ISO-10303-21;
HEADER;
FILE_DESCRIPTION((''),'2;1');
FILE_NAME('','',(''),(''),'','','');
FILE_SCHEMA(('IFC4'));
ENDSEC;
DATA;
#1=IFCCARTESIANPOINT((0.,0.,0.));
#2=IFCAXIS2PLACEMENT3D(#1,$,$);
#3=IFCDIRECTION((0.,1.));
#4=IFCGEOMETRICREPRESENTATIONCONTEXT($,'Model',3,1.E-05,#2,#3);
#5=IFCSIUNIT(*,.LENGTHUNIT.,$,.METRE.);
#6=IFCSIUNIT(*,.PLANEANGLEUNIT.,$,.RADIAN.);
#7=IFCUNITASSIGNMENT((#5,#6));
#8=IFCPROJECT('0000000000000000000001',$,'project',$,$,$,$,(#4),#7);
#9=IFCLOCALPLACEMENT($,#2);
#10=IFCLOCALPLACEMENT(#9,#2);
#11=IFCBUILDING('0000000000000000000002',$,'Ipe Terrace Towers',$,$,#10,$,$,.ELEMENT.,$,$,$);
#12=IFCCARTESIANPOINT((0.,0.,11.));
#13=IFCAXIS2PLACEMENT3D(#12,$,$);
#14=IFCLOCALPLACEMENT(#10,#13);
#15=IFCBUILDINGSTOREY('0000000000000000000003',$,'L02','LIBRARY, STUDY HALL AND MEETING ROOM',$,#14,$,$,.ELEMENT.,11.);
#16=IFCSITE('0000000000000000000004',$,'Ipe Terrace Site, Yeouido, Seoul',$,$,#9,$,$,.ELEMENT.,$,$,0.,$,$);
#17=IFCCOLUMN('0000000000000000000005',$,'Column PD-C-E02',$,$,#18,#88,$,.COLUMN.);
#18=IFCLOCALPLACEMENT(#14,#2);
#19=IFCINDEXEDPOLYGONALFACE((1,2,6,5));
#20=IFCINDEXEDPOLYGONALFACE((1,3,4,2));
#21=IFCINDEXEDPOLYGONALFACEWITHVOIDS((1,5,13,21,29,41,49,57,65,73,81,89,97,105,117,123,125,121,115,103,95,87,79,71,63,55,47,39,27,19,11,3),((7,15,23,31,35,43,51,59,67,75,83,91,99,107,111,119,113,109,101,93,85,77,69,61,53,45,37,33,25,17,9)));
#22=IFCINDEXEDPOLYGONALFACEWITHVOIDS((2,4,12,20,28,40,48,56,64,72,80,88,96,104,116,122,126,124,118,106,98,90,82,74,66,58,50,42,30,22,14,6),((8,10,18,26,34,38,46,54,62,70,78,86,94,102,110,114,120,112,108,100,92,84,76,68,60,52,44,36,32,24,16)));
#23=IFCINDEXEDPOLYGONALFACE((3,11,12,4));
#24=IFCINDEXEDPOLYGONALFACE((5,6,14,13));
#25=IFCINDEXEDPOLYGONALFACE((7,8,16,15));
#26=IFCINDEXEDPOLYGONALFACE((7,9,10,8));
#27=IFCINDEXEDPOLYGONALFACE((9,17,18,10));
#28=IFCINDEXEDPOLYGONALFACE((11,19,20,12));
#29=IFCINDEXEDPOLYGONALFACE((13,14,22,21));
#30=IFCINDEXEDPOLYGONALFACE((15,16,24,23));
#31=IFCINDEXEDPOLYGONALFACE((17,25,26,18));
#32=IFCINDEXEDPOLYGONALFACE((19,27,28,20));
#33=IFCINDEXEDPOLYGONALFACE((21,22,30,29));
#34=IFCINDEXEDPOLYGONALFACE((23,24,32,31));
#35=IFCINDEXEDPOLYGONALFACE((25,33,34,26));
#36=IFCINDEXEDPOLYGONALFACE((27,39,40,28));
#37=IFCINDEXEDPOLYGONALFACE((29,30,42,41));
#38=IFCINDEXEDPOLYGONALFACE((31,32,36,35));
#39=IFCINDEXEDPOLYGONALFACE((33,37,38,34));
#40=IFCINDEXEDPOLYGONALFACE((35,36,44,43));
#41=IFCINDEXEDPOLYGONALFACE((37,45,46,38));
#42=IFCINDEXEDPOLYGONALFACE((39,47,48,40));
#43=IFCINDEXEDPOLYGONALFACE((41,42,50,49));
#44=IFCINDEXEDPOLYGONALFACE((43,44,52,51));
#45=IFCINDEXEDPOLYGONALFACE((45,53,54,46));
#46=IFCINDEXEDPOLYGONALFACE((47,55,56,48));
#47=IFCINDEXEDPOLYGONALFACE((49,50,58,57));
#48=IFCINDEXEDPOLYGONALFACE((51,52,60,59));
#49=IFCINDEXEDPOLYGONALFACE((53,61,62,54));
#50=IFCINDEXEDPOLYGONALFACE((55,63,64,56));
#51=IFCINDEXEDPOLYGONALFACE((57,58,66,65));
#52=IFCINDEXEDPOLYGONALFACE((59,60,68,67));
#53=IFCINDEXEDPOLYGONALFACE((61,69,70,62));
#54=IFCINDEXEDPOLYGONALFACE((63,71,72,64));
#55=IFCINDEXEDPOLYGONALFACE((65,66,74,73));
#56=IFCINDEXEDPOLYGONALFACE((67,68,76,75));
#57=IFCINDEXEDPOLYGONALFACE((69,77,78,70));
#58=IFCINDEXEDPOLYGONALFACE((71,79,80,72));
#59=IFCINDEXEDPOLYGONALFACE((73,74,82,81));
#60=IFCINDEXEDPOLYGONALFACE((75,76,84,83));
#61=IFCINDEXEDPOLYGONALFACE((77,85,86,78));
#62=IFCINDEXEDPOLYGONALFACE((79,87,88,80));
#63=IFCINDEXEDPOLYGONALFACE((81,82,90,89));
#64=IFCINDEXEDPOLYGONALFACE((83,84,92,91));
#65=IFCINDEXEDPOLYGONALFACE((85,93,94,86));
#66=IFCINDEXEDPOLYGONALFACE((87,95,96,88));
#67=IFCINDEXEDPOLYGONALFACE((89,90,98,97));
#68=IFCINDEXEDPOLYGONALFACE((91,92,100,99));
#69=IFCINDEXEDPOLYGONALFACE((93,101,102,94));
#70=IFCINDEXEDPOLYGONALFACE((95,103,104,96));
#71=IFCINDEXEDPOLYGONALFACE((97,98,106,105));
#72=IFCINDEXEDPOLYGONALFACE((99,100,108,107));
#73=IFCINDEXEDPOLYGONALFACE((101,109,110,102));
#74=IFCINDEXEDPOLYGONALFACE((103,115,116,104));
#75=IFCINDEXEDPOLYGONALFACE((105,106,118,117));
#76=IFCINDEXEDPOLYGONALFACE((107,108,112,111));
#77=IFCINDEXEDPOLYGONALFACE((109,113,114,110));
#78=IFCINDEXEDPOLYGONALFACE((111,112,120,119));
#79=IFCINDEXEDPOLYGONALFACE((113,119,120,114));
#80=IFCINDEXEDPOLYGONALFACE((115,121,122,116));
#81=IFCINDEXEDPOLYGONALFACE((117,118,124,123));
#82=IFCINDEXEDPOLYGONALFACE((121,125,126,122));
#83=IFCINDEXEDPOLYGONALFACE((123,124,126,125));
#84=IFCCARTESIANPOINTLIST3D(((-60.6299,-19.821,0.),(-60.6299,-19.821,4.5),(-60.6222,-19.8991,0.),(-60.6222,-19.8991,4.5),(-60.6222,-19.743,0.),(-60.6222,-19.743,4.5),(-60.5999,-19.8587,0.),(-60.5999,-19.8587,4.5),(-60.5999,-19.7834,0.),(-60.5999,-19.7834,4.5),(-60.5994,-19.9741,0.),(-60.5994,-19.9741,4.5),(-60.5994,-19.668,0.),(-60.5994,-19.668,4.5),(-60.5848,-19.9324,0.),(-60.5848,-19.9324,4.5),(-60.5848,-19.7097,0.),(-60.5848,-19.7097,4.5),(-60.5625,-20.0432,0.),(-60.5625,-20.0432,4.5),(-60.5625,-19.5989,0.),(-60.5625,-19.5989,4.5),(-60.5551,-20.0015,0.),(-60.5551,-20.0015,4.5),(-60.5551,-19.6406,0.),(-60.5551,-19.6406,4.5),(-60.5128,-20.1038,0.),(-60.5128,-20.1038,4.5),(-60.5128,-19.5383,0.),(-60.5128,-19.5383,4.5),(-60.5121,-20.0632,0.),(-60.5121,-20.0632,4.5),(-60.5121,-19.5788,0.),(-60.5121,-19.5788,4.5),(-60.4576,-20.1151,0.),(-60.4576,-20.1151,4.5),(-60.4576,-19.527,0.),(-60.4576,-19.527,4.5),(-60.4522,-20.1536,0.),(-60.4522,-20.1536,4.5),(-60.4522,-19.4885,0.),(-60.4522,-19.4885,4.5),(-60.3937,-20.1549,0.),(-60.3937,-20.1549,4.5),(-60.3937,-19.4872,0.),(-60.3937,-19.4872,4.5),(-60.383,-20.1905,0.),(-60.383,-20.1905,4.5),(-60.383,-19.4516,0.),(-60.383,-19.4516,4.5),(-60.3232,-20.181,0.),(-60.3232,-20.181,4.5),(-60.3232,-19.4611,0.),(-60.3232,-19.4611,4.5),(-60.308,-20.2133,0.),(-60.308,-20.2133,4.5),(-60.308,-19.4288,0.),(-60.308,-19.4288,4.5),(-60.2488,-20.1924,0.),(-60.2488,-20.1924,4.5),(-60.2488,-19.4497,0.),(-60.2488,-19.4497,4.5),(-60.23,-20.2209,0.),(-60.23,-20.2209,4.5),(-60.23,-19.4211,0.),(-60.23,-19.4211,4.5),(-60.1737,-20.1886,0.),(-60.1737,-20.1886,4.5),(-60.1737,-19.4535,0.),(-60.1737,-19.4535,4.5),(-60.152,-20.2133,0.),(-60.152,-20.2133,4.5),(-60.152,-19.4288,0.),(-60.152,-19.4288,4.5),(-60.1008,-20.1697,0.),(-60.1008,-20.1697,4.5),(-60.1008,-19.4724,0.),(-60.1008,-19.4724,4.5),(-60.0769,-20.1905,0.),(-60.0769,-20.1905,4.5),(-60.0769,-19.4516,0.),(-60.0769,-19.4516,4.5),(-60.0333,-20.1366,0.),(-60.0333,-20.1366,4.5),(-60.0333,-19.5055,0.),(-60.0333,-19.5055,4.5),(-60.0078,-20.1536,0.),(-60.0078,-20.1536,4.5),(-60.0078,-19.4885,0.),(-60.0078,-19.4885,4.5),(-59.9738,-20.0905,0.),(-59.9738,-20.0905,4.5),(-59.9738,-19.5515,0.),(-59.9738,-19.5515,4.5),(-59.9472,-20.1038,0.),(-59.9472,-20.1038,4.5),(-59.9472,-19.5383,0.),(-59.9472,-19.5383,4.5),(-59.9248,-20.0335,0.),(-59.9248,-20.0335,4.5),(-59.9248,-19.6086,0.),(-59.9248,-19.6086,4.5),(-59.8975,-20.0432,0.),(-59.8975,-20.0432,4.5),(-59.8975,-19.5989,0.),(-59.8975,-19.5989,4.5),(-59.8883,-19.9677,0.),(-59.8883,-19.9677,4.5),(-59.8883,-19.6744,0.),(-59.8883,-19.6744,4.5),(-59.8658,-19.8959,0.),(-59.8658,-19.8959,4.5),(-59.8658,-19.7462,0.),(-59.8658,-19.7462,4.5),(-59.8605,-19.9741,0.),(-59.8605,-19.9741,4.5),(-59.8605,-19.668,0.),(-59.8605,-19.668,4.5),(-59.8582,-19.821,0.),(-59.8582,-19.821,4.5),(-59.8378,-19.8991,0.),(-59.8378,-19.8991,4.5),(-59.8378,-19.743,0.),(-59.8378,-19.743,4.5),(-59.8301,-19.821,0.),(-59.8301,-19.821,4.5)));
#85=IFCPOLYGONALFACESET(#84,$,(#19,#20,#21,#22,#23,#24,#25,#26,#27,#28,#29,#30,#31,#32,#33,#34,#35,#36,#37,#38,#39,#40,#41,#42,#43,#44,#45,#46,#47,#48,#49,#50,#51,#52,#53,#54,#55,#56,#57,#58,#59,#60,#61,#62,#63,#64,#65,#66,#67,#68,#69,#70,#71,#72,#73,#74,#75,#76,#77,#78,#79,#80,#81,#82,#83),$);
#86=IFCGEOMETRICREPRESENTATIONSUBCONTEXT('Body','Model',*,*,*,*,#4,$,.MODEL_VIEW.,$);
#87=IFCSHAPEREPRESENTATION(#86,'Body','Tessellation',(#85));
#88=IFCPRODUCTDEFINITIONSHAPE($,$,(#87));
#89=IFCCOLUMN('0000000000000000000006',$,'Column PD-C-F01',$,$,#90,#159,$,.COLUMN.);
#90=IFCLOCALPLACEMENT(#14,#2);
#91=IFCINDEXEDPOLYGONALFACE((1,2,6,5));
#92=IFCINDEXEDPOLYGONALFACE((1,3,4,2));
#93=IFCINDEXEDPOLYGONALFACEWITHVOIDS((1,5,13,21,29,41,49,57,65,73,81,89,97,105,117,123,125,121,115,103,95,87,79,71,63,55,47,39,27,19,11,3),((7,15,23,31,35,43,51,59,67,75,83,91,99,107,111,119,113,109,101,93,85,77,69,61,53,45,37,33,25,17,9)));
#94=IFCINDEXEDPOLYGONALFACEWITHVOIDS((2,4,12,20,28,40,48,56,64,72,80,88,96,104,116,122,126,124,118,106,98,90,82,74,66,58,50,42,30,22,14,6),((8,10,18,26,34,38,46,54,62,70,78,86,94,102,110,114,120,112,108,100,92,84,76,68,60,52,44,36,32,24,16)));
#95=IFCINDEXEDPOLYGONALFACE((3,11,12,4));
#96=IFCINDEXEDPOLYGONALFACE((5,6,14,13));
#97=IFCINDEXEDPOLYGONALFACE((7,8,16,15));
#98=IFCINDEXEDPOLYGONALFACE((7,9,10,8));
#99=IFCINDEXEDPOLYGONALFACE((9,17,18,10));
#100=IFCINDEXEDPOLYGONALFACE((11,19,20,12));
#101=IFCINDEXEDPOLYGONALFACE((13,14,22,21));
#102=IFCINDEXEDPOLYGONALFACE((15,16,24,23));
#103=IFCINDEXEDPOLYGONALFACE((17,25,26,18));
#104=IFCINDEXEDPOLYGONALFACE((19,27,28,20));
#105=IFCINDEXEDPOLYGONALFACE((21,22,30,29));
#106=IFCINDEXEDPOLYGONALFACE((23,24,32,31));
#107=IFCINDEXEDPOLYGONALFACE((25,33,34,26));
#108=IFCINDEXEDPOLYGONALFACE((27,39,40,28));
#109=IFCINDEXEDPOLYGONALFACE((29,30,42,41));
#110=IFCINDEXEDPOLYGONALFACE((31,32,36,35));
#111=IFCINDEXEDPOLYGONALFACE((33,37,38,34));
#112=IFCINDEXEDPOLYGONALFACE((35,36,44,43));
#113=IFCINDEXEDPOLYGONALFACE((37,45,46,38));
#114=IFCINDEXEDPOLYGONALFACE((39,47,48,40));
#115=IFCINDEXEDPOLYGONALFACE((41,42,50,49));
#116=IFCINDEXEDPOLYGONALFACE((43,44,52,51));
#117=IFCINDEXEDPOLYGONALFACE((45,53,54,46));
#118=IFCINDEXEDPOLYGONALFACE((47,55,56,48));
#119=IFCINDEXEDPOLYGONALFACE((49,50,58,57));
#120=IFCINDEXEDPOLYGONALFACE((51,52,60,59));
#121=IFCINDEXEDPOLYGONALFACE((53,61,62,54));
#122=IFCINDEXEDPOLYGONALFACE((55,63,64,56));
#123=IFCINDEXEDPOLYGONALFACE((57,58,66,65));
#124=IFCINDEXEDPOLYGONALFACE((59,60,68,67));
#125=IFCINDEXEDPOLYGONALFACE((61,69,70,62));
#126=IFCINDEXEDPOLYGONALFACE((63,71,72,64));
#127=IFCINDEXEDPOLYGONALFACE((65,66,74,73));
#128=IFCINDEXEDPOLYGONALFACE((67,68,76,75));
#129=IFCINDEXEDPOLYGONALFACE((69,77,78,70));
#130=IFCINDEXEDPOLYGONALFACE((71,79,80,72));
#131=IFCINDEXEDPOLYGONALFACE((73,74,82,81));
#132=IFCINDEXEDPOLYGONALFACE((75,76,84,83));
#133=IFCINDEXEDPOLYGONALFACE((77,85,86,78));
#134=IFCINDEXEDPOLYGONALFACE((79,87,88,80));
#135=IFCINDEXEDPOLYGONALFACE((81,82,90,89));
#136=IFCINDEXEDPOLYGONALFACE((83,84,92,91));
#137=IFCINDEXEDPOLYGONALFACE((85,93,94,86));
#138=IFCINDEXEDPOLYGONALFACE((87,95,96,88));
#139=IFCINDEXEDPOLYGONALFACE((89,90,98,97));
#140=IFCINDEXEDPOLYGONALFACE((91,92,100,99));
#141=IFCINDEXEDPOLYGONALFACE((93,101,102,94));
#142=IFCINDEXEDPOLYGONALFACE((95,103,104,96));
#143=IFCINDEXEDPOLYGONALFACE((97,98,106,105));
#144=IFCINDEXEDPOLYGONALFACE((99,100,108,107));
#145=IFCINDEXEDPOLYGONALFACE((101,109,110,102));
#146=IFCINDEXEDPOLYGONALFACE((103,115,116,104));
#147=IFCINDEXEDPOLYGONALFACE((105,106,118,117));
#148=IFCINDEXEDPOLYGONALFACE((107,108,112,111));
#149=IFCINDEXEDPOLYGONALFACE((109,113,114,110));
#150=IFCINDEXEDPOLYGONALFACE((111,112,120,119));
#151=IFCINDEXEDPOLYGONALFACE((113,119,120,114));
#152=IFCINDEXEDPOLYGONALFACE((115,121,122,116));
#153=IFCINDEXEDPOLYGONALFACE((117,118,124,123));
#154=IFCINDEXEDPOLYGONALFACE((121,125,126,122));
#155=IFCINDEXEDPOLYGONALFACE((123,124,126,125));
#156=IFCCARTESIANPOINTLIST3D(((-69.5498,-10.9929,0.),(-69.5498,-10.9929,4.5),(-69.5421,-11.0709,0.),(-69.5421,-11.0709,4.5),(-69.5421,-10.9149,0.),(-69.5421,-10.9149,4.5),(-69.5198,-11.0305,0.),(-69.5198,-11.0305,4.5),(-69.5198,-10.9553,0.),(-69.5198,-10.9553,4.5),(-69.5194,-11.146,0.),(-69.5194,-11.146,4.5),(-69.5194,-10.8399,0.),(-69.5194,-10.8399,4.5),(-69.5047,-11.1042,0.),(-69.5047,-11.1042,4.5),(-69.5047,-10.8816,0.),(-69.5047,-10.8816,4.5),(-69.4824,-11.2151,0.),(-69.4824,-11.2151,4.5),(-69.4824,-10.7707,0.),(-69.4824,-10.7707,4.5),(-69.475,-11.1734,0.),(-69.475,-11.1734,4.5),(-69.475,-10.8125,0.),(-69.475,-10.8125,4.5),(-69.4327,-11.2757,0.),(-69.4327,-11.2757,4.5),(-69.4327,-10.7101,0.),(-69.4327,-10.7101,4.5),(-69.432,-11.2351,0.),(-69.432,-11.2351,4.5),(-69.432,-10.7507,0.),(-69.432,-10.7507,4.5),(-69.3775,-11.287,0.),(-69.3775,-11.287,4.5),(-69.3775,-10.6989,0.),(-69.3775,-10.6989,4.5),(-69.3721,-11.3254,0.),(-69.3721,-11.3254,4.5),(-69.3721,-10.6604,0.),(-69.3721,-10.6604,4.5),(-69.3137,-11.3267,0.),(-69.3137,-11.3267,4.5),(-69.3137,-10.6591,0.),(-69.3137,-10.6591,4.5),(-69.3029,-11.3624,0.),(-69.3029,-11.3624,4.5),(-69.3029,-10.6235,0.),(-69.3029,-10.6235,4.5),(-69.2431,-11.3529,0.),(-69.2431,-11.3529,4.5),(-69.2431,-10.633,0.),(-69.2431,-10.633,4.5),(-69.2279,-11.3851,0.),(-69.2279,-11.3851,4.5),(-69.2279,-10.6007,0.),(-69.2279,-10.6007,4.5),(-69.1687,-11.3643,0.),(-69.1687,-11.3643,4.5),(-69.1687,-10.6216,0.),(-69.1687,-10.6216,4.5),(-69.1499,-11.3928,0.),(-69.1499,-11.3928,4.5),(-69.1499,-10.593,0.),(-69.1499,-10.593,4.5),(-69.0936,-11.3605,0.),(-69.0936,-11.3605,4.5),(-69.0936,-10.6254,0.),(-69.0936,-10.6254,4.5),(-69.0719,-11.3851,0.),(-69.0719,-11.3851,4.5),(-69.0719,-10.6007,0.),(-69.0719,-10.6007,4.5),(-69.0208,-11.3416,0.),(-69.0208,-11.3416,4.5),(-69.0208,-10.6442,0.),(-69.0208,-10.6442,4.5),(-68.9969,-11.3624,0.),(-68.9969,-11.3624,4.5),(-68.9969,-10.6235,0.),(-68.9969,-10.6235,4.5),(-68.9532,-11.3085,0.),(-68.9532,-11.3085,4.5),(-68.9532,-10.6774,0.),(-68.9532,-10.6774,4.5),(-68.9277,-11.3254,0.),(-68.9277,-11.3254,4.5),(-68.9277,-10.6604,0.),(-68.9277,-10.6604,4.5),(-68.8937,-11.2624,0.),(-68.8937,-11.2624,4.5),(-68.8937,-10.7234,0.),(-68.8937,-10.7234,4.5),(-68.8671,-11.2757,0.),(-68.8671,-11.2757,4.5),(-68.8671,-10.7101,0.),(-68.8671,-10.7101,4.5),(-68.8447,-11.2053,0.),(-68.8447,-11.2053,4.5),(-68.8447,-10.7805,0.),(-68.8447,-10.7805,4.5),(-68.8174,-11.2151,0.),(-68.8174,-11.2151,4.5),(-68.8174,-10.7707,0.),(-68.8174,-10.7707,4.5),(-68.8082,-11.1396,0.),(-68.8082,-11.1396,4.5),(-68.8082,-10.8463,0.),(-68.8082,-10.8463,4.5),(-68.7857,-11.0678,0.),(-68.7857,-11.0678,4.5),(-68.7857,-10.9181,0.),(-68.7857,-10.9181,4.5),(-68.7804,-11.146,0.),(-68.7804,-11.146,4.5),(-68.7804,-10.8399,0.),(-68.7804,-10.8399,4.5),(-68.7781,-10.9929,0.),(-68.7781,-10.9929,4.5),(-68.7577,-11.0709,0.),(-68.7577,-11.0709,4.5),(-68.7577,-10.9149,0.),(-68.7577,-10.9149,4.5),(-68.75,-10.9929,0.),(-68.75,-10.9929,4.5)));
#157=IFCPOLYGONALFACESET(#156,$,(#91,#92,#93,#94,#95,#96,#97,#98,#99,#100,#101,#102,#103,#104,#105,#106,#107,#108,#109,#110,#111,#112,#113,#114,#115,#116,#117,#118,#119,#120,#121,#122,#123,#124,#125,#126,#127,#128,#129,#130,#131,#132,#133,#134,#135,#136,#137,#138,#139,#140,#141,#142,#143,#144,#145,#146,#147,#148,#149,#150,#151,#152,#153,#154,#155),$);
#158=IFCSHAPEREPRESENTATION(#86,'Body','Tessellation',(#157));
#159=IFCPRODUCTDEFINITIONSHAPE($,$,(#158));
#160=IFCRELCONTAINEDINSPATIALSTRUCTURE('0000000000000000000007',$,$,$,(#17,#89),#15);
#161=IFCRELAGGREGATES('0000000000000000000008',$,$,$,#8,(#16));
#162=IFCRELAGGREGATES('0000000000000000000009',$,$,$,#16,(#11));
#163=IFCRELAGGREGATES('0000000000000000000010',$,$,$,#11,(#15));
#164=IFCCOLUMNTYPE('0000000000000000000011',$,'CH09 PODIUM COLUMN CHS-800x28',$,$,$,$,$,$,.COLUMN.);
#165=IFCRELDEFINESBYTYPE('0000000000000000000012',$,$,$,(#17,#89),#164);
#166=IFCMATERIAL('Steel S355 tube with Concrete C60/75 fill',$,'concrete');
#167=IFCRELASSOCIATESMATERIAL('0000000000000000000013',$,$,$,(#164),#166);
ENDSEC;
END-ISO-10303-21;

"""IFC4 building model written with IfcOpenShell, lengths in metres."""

from ifc_helpers import new_model, si_unit, direction, frame, origin, origin_2d, place, context, subcontext, project, spatial, hollow_circle, extrude, material, material_profile, profile_set, type_object, element, save


model = new_model("IFC4")

# Units and contexts
model_context = context("Model", 3, precision=1e-05, world=origin(), true_north=direction((0.0, 1.0)))
body_context = subcontext(model_context, "Body", "Model", "MODEL_VIEW")
ifc_project = project(units=[si_unit("LENGTHUNIT", "METRE"), si_unit("PLANEANGLEUNIT", "RADIAN")], contexts=[model_context])

# Site, building, storey
site_placement = place(None, origin())
site = spatial("IfcSite", under=ifc_project, at=site_placement, Name="Ipe Terrace Site, Yeouido, Seoul", CompositionType="ELEMENT", RefElevation=0.0)
building_placement = place(site_placement, origin())
building = spatial("IfcBuilding", under=site, at=building_placement, Name="Ipe Terrace Towers", CompositionType="ELEMENT")
storey_placement = place(building_placement, frame((0.0, 0.0, 11.0)))
storey = spatial("IfcBuildingStorey", under=building, at=storey_placement, Name="L02", Description="LIBRARY, STUDY HALL AND MEETING ROOM", CompositionType="ELEMENT", Elevation=11.0)

# Columns
ifc_material_1 = material(Name="Steel S355 tube with Concrete C60/75 fill", Category="concrete")
ifc_material_profile_1 = material_profile(ifc_material_1, hollow_circle(Radius=0.3999, WallThickness=0.0281, at=origin_2d()), Name="CHS-800x28")
ifc_profile_set_1 = profile_set([ifc_material_profile_1], Name="Steel S355 tube with Concrete C60/75 fill")
column_type_1 = type_object("IfcColumnType", Name="CH09 PODIUM COLUMN CHS-800x28", PredefinedType="COLUMN", material=ifc_profile_set_1)
for number, where, z_axis, x_axis, name in (
    (1, (-60.23, -19.821, 0.0), (0.0, 0.0, 1.0), (1.0, 0.0, 0.0), "Column PD-C-E02"),
    (2, (-69.1499, -10.9929, 0.0), (0.0, 0.0, 1.0), (1.0, 0.0, 0.0), "Column PD-C-F01"),
):
    element("IfcColumn", number, at=place(storey_placement, frame(where, z_axis=z_axis, x_axis=x_axis)), inside=storey, type_object=column_type_1, Name=name, PredefinedType="COLUMN", context=body_context, shape_type="SweptSolid", body=[
        extrude(hollow_circle(Radius=0.3999, WallThickness=0.0281, at=origin_2d()), origin(), (0.0, 0.0, 1.0), 4.5),
    ])

save(model, "model.ifc")
